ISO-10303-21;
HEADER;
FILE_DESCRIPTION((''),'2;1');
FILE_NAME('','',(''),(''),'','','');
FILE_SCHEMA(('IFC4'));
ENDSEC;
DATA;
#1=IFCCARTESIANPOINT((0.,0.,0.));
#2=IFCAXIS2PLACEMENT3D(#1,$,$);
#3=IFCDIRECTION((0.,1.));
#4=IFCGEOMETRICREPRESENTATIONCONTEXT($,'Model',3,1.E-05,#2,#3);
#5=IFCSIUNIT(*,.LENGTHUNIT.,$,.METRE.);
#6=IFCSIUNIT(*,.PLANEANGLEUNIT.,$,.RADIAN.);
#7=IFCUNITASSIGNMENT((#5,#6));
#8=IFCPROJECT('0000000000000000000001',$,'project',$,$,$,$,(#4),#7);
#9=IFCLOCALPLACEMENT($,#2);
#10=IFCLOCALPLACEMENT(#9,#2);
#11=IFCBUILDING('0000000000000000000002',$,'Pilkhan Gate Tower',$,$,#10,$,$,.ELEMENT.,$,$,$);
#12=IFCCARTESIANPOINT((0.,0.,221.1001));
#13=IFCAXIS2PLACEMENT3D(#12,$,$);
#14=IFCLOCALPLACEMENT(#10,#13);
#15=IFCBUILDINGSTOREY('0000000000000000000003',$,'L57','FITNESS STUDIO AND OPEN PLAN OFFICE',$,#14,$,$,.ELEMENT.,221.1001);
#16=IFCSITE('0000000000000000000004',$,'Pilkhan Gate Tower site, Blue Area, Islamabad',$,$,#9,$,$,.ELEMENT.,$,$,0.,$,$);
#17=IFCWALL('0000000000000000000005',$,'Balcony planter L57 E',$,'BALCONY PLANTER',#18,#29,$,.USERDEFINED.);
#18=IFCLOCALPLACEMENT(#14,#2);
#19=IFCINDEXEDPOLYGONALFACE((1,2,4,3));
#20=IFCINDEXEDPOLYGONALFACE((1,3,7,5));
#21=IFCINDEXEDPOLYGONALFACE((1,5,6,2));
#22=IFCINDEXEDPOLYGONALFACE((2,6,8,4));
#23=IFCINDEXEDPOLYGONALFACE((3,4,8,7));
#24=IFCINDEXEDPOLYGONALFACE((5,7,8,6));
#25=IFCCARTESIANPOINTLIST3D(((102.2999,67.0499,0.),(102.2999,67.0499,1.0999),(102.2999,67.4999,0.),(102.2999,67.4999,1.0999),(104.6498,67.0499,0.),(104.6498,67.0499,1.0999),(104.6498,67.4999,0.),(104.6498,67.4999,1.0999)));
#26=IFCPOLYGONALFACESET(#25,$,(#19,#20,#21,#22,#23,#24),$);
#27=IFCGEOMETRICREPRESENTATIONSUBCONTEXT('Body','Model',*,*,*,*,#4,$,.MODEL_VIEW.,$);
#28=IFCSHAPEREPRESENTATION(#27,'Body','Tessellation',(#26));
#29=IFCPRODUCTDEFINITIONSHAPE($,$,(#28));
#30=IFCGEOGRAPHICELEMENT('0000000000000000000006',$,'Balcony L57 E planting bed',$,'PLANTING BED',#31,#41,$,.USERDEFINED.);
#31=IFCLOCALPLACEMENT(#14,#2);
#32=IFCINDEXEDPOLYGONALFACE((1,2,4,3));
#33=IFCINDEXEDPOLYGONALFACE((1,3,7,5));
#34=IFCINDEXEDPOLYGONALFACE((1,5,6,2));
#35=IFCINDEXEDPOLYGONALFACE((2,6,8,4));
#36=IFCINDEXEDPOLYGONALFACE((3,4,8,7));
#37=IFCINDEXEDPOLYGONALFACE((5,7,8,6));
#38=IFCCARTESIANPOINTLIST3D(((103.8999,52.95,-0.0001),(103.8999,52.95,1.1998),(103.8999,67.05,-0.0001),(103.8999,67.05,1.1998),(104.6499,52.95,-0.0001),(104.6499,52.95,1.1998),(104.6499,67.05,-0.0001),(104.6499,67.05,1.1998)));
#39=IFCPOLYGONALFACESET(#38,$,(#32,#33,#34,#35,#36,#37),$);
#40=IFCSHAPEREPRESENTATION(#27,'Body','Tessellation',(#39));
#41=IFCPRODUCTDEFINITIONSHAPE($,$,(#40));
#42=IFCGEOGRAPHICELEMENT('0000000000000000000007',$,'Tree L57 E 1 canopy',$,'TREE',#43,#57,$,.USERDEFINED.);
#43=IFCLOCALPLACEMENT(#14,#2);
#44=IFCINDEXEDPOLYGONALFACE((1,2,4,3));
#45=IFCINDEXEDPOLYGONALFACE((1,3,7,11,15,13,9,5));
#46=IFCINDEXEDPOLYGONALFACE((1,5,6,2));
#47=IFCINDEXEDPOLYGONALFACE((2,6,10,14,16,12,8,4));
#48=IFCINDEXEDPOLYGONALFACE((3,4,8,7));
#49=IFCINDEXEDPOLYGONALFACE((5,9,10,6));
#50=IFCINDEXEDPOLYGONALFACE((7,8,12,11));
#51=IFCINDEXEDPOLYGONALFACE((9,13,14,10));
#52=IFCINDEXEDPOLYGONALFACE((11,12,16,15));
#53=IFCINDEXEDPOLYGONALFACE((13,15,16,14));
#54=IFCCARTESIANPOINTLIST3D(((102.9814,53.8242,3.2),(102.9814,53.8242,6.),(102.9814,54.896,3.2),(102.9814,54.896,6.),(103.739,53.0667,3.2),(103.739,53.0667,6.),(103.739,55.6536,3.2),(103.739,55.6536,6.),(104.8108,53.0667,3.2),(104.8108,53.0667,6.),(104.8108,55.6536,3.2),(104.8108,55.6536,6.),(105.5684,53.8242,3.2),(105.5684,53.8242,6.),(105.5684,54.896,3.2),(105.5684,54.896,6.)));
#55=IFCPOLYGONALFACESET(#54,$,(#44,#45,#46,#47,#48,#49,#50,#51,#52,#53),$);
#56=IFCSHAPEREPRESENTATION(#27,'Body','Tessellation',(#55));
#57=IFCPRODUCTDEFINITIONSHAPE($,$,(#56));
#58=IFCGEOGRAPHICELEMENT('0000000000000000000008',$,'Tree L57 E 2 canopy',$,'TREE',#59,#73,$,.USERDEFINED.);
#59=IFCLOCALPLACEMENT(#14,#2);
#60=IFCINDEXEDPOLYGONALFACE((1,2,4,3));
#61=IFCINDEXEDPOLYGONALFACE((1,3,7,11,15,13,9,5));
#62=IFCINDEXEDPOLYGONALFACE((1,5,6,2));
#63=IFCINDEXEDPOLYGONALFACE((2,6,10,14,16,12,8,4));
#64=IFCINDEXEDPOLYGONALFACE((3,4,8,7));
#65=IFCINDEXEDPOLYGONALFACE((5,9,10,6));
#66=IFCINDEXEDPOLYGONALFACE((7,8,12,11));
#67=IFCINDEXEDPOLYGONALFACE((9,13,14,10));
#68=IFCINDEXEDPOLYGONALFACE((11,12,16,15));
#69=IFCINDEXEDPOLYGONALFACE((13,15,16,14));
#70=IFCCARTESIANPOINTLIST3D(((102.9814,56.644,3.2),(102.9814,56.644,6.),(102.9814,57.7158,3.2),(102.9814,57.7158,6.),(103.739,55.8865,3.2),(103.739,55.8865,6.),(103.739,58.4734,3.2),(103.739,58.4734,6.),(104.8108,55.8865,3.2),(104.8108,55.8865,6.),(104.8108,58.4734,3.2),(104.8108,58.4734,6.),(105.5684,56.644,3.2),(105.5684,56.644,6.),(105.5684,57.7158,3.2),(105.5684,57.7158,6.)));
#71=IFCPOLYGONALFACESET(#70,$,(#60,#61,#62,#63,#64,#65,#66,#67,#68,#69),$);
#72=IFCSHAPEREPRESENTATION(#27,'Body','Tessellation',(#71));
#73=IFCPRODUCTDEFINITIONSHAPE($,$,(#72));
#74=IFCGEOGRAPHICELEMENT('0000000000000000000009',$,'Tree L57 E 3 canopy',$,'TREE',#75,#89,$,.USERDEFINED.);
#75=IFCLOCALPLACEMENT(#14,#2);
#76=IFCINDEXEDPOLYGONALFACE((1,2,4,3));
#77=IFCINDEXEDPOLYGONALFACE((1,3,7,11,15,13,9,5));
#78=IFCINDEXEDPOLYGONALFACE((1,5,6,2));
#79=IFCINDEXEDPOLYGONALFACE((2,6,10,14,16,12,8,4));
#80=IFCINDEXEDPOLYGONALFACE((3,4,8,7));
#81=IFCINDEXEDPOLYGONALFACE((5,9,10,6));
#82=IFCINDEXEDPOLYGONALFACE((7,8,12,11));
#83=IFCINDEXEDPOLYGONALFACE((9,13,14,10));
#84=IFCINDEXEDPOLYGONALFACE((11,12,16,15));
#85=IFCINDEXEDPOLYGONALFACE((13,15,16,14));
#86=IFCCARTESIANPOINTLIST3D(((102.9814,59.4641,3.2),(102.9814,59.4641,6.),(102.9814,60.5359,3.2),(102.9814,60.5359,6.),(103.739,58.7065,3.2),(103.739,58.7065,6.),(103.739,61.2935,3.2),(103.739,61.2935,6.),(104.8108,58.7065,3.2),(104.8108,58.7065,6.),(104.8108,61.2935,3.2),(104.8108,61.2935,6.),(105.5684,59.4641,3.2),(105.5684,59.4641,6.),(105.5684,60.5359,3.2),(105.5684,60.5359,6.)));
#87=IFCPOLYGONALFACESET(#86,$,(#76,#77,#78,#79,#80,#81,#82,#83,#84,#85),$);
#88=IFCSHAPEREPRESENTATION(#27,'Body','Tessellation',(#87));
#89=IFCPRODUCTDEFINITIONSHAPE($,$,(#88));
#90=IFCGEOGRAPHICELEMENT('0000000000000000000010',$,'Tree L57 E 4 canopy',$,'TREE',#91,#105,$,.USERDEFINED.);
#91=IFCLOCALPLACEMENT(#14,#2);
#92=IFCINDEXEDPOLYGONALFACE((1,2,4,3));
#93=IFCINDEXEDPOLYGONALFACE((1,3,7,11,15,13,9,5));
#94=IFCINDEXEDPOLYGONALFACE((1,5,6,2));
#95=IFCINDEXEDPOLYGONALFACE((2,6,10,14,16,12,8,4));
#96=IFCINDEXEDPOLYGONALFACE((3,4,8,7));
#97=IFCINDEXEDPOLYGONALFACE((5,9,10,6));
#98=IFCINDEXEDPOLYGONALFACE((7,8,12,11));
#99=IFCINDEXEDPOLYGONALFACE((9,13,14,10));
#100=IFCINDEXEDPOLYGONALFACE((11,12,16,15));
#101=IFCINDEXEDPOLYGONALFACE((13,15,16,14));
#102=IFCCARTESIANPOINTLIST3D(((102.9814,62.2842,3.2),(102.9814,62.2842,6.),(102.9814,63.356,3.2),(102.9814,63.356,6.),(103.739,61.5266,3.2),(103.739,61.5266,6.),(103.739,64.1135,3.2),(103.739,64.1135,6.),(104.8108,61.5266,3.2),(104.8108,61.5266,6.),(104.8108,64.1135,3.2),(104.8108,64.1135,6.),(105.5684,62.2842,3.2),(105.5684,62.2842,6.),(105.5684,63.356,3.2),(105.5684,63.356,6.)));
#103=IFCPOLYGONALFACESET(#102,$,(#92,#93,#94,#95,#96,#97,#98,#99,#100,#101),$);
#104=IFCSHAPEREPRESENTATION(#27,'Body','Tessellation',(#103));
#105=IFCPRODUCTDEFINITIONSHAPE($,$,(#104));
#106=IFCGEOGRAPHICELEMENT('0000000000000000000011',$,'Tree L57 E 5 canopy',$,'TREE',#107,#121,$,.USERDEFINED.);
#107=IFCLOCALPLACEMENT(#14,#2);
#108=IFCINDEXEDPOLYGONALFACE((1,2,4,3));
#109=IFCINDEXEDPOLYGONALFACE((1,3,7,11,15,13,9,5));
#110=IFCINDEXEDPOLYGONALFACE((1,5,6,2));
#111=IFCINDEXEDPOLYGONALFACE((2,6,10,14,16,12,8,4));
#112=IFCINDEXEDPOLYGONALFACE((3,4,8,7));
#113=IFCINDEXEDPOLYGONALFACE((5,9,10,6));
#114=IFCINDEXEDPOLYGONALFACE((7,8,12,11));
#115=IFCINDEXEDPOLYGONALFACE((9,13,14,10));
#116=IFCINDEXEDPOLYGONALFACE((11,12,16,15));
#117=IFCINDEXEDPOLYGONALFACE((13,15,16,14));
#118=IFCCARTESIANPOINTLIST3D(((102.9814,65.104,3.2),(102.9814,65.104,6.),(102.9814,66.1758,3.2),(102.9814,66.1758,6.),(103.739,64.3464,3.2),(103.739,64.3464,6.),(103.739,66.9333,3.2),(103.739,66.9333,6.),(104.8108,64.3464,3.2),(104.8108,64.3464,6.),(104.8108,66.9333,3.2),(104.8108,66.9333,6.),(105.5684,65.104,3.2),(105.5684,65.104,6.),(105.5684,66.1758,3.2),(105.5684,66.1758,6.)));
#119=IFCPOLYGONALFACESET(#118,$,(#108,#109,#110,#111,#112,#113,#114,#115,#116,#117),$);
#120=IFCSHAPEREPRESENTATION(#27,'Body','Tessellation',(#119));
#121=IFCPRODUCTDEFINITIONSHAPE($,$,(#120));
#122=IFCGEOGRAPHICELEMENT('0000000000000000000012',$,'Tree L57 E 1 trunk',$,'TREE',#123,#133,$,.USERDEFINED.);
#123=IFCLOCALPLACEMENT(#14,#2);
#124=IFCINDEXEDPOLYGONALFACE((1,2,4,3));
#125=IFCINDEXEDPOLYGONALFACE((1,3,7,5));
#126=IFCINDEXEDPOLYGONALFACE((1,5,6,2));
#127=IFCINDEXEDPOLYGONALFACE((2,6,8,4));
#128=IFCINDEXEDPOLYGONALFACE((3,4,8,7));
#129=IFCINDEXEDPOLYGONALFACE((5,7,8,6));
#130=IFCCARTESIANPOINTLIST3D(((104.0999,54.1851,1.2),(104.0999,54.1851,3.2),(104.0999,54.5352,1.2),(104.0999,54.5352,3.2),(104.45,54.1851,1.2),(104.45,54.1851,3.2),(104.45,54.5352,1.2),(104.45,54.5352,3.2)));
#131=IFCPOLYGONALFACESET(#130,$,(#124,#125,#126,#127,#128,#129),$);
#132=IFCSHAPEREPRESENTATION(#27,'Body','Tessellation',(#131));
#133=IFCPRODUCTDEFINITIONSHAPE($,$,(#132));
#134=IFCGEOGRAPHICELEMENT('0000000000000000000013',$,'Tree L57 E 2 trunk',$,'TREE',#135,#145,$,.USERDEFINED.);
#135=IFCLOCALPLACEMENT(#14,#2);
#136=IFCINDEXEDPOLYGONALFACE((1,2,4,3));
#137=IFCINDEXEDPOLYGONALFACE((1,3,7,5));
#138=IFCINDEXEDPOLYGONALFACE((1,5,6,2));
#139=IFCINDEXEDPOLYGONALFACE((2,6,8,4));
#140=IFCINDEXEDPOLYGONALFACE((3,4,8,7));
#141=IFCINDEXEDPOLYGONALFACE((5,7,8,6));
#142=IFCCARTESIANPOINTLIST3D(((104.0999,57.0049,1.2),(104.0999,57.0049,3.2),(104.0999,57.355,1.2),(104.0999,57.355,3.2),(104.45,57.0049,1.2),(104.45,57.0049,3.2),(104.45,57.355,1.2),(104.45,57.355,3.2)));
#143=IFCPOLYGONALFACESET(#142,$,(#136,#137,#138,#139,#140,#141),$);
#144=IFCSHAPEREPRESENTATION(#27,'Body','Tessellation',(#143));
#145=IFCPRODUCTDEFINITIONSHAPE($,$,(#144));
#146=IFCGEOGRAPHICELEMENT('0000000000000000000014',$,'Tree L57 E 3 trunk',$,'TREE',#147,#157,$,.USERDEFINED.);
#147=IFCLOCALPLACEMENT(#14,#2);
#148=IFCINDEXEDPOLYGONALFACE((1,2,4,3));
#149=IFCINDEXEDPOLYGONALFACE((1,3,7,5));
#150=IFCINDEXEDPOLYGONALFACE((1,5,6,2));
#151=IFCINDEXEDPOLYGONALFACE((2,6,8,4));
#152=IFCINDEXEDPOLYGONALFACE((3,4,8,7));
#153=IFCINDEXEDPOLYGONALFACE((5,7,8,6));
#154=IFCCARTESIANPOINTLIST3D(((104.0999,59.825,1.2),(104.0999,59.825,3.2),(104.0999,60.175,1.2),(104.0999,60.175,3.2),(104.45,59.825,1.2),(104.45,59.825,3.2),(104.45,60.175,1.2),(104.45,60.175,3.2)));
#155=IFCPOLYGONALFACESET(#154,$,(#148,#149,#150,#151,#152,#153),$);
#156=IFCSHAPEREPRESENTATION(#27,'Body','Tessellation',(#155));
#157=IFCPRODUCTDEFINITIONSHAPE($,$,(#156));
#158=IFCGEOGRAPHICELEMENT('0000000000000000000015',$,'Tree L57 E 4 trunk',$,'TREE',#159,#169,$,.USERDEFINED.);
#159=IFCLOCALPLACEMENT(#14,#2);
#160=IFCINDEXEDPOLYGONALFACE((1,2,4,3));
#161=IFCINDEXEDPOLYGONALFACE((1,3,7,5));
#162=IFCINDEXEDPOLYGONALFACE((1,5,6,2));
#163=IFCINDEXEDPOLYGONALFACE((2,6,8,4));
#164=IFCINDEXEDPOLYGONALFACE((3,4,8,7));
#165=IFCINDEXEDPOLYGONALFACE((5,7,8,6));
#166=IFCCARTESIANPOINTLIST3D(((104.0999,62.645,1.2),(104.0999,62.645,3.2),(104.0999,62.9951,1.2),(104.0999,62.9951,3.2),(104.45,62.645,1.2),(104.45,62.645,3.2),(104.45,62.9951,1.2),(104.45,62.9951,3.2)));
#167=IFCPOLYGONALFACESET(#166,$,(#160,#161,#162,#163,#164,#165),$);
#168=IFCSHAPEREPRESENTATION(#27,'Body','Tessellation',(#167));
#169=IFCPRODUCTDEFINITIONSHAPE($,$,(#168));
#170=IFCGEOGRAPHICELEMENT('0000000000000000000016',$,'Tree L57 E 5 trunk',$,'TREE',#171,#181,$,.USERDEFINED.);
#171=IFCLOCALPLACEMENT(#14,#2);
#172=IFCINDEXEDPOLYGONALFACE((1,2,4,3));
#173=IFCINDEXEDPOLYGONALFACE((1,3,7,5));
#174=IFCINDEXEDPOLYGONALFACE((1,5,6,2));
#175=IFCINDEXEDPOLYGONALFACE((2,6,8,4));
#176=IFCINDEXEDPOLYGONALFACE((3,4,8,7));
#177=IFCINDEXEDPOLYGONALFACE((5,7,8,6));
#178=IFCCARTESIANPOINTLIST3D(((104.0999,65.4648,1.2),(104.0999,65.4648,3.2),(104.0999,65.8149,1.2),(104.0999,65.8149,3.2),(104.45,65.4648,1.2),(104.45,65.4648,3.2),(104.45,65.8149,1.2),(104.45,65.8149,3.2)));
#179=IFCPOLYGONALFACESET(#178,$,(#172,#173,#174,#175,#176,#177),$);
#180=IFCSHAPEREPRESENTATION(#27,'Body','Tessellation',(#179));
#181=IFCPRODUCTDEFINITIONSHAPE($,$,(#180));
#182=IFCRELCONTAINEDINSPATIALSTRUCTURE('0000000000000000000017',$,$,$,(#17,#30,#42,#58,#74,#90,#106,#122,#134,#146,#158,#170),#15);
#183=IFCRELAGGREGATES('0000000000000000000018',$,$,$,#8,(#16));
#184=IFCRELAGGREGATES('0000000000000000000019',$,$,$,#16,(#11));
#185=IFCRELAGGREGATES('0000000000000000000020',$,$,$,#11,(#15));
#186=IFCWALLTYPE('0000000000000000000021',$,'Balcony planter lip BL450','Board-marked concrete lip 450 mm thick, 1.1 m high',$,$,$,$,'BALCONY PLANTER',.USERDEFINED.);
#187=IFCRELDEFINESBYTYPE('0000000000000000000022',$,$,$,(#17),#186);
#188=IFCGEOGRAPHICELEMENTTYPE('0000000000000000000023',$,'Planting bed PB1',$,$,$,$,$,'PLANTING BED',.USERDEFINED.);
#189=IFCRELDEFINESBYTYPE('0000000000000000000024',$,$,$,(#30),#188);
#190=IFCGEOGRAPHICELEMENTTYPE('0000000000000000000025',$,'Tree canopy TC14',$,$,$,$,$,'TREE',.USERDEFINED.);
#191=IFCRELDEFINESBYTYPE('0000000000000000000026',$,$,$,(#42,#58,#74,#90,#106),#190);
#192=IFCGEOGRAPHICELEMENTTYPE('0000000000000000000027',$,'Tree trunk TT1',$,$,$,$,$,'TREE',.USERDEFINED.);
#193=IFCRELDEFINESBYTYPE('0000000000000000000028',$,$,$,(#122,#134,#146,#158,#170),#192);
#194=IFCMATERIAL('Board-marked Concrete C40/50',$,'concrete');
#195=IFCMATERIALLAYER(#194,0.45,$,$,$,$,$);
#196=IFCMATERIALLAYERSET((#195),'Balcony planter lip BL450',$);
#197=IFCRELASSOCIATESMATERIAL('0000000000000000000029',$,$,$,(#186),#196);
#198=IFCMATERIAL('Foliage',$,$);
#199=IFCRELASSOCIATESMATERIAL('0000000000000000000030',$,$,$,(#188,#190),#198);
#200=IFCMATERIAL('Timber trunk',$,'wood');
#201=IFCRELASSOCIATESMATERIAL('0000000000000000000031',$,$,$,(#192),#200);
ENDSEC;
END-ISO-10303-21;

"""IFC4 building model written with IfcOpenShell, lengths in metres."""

from ifc_helpers import new_model, si_unit, direction, frame, frame_2d, origin, origin_2d, place, context, subcontext, project, spatial, polyline, rectangle, outline, extrude, material, layer, layer_set, material_profile, profile_set, type_object, element, save


model = new_model("IFC4")

# Units and contexts
model_context = context("Model", 3, precision=1e-05, world=origin(), true_north=direction((0.0, 1.0)))
body_context = subcontext(model_context, "Body", "Model", "MODEL_VIEW")
ifc_project = project(units=[si_unit("LENGTHUNIT", "METRE"), si_unit("PLANEANGLEUNIT", "RADIAN")], contexts=[model_context])

# Site, building, storey
site_placement = place(None, origin())
site = spatial("IfcSite", under=ifc_project, at=site_placement, Name="Pilkhan Gate Tower site, Blue Area, Islamabad", CompositionType="ELEMENT", RefElevation=0.0)
building_placement = place(site_placement, origin())
building = spatial("IfcBuilding", under=site, at=building_placement, Name="Pilkhan Gate Tower", CompositionType="ELEMENT")
storey_placement = place(building_placement, frame((0.0, 0.0, 221.1001)))
storey = spatial("IfcBuildingStorey", under=building, at=storey_placement, Name="L57", Description="FITNESS STUDIO AND OPEN PLAN OFFICE", CompositionType="ELEMENT", Elevation=221.1001)

# Wall
ifc_material_1 = material(Name="Board-marked Concrete C40/50", Category="concrete")
ifc_layer_1 = layer(ifc_material_1, 0.45)
ifc_layer_set_1 = layer_set([ifc_layer_1], Name="Balcony planter lip BL450")
wall_type_1 = type_object("IfcWallType", Name="Balcony planter lip BL450", Description="Board-marked concrete lip 450 mm thick, 1.1 m high", ElementType="BALCONY PLANTER", PredefinedType="USERDEFINED", material=ifc_layer_set_1)
for number, where, z_axis, x_axis, name in (
    (1, (102.3, 67.2749, 0.0), (0.0, 0.0, 1.0), (1.0, 0.0, 0.0), "Balcony planter L57 E"),
):
    element("IfcWall", number, at=place(storey_placement, frame(where, z_axis=z_axis, x_axis=x_axis)), inside=storey, type_object=wall_type_1, Name=name, ObjectType="BALCONY PLANTER", PredefinedType="USERDEFINED", context=body_context, shape_type="SweptSolid", body=[
        extrude(rectangle(XDim=2.3499, YDim=0.45, at=frame_2d((1.1748, 0.0))), origin(), (0.0, 0.0, 1.0), 1.0999),
    ])

# Geographic elements
ifc_material_2 = material(Name="Foliage")
ifc_material_profile_1 = material_profile(ifc_material_2, rectangle(XDim=0.75, YDim=1.2, at=origin_2d()), Name="Bed 750x1200")
ifc_profile_set_1 = profile_set([ifc_material_profile_1], Name="Foliage")
geographic_element_type_1 = type_object("IfcGeographicElementType", Name="Planting bed PB1", ElementType="PLANTING BED", PredefinedType="USERDEFINED", material=ifc_profile_set_1)
geographic_element_placement = place(storey_placement, frame((104.2749, 52.95, 0.5999), z_axis=(0.0, 1.0, 0.0), x_axis=(-1.0, 0.0, 0.0)))
element("IfcGeographicElement", 2, at=geographic_element_placement, inside=storey, type_object=geographic_element_type_1, Name="Balcony L57 E planting bed", ObjectType="PLANTING BED", PredefinedType="USERDEFINED", context=body_context, shape_type="SweptSolid", body=[
    extrude(rectangle(XDim=0.75, YDim=1.2, at=origin_2d()), origin(), (0.0, 0.0, 1.0), 14.1001),
])
ifc_material_profile_2 = material_profile(ifc_material_2, outline(polyline([(1.2935, 0.5359), (0.5359, 1.2935), (-0.5359, 1.2935), (-1.2935, 0.5359), (-1.2935, -0.5359), (-0.5359, -1.2935), (0.5359, -1.2935), (1.2935, -0.5359), (1.2935, 0.5359)])), Name="Canopy D2.8")
ifc_profile_set_2 = profile_set([ifc_material_profile_2], Name="Foliage")
geographic_element_type_2 = type_object("IfcGeographicElementType", Name="Tree canopy TC14", ElementType="TREE", PredefinedType="USERDEFINED", material=ifc_profile_set_2)
for number, where, z_axis, x_axis, name in (
    (3, (104.2749, 54.3601, 3.2), (0.0, 0.0, 1.0), (1.0, 0.0, 0.0), "Tree L57 E 1 canopy"),
    (4, (104.2749, 57.1799, 3.2), (0.0, 0.0, 1.0), (1.0, 0.0, 0.0), "Tree L57 E 2 canopy"),
    (5, (104.2749, 60.0, 3.2), (0.0, 0.0, 1.0), (1.0, 0.0, 0.0), "Tree L57 E 3 canopy"),
    (6, (104.2749, 62.8201, 3.2), (0.0, 0.0, 1.0), (1.0, 0.0, 0.0), "Tree L57 E 4 canopy"),
    (7, (104.2749, 65.6399, 3.2), (0.0, 0.0, 1.0), (1.0, 0.0, 0.0), "Tree L57 E 5 canopy"),
):
    element("IfcGeographicElement", number, at=place(storey_placement, frame(where, z_axis=z_axis, x_axis=x_axis)), inside=storey, type_object=geographic_element_type_2, Name=name, ObjectType="TREE", PredefinedType="USERDEFINED", context=body_context, shape_type="SweptSolid", body=[
        extrude(outline(polyline([(1.2935, 0.5359), (0.5359, 1.2935), (-0.5359, 1.2935), (-1.2935, 0.5359), (-1.2935, -0.5359), (-0.5359, -1.2935), (0.5359, -1.2935), (1.2935, -0.5359), (1.2935, 0.5359)])), origin(), (0.0, 0.0, 1.0), 2.8),
    ])
ifc_material_3 = material(Name="Timber trunk", Category="wood")
geographic_element_type_3 = type_object("IfcGeographicElementType", Name="Tree trunk TT1", ElementType="TREE", PredefinedType="USERDEFINED", material=ifc_material_3)
for number, where, z_axis, x_axis, name in (
    (8, (104.2749, 54.3601, 1.2), (0.0, 0.0, 1.0), (1.0, 0.0, 0.0), "Tree L57 E 1 trunk"),
    (9, (104.2749, 57.1799, 1.2), (0.0, 0.0, 1.0), (1.0, 0.0, 0.0), "Tree L57 E 2 trunk"),
    (10, (104.2749, 60.0, 1.2), (0.0, 0.0, 1.0), (1.0, 0.0, 0.0), "Tree L57 E 3 trunk"),
    (11, (104.2749, 62.8201, 1.2), (0.0, 0.0, 1.0), (1.0, 0.0, 0.0), "Tree L57 E 4 trunk"),
    (12, (104.2749, 65.6399, 1.2), (0.0, 0.0, 1.0), (1.0, 0.0, 0.0), "Tree L57 E 5 trunk"),
):
    element("IfcGeographicElement", number, at=place(storey_placement, frame(where, z_axis=z_axis, x_axis=x_axis)), inside=storey, type_object=geographic_element_type_3, Name=name, ObjectType="TREE", PredefinedType="USERDEFINED", context=body_context, shape_type="SweptSolid", body=[
        extrude(rectangle(XDim=0.3501, YDim=0.3501, at=origin_2d()), origin(), (0.0, 0.0, 1.0), 2.0),
    ])

save(model, "model.ifc")
